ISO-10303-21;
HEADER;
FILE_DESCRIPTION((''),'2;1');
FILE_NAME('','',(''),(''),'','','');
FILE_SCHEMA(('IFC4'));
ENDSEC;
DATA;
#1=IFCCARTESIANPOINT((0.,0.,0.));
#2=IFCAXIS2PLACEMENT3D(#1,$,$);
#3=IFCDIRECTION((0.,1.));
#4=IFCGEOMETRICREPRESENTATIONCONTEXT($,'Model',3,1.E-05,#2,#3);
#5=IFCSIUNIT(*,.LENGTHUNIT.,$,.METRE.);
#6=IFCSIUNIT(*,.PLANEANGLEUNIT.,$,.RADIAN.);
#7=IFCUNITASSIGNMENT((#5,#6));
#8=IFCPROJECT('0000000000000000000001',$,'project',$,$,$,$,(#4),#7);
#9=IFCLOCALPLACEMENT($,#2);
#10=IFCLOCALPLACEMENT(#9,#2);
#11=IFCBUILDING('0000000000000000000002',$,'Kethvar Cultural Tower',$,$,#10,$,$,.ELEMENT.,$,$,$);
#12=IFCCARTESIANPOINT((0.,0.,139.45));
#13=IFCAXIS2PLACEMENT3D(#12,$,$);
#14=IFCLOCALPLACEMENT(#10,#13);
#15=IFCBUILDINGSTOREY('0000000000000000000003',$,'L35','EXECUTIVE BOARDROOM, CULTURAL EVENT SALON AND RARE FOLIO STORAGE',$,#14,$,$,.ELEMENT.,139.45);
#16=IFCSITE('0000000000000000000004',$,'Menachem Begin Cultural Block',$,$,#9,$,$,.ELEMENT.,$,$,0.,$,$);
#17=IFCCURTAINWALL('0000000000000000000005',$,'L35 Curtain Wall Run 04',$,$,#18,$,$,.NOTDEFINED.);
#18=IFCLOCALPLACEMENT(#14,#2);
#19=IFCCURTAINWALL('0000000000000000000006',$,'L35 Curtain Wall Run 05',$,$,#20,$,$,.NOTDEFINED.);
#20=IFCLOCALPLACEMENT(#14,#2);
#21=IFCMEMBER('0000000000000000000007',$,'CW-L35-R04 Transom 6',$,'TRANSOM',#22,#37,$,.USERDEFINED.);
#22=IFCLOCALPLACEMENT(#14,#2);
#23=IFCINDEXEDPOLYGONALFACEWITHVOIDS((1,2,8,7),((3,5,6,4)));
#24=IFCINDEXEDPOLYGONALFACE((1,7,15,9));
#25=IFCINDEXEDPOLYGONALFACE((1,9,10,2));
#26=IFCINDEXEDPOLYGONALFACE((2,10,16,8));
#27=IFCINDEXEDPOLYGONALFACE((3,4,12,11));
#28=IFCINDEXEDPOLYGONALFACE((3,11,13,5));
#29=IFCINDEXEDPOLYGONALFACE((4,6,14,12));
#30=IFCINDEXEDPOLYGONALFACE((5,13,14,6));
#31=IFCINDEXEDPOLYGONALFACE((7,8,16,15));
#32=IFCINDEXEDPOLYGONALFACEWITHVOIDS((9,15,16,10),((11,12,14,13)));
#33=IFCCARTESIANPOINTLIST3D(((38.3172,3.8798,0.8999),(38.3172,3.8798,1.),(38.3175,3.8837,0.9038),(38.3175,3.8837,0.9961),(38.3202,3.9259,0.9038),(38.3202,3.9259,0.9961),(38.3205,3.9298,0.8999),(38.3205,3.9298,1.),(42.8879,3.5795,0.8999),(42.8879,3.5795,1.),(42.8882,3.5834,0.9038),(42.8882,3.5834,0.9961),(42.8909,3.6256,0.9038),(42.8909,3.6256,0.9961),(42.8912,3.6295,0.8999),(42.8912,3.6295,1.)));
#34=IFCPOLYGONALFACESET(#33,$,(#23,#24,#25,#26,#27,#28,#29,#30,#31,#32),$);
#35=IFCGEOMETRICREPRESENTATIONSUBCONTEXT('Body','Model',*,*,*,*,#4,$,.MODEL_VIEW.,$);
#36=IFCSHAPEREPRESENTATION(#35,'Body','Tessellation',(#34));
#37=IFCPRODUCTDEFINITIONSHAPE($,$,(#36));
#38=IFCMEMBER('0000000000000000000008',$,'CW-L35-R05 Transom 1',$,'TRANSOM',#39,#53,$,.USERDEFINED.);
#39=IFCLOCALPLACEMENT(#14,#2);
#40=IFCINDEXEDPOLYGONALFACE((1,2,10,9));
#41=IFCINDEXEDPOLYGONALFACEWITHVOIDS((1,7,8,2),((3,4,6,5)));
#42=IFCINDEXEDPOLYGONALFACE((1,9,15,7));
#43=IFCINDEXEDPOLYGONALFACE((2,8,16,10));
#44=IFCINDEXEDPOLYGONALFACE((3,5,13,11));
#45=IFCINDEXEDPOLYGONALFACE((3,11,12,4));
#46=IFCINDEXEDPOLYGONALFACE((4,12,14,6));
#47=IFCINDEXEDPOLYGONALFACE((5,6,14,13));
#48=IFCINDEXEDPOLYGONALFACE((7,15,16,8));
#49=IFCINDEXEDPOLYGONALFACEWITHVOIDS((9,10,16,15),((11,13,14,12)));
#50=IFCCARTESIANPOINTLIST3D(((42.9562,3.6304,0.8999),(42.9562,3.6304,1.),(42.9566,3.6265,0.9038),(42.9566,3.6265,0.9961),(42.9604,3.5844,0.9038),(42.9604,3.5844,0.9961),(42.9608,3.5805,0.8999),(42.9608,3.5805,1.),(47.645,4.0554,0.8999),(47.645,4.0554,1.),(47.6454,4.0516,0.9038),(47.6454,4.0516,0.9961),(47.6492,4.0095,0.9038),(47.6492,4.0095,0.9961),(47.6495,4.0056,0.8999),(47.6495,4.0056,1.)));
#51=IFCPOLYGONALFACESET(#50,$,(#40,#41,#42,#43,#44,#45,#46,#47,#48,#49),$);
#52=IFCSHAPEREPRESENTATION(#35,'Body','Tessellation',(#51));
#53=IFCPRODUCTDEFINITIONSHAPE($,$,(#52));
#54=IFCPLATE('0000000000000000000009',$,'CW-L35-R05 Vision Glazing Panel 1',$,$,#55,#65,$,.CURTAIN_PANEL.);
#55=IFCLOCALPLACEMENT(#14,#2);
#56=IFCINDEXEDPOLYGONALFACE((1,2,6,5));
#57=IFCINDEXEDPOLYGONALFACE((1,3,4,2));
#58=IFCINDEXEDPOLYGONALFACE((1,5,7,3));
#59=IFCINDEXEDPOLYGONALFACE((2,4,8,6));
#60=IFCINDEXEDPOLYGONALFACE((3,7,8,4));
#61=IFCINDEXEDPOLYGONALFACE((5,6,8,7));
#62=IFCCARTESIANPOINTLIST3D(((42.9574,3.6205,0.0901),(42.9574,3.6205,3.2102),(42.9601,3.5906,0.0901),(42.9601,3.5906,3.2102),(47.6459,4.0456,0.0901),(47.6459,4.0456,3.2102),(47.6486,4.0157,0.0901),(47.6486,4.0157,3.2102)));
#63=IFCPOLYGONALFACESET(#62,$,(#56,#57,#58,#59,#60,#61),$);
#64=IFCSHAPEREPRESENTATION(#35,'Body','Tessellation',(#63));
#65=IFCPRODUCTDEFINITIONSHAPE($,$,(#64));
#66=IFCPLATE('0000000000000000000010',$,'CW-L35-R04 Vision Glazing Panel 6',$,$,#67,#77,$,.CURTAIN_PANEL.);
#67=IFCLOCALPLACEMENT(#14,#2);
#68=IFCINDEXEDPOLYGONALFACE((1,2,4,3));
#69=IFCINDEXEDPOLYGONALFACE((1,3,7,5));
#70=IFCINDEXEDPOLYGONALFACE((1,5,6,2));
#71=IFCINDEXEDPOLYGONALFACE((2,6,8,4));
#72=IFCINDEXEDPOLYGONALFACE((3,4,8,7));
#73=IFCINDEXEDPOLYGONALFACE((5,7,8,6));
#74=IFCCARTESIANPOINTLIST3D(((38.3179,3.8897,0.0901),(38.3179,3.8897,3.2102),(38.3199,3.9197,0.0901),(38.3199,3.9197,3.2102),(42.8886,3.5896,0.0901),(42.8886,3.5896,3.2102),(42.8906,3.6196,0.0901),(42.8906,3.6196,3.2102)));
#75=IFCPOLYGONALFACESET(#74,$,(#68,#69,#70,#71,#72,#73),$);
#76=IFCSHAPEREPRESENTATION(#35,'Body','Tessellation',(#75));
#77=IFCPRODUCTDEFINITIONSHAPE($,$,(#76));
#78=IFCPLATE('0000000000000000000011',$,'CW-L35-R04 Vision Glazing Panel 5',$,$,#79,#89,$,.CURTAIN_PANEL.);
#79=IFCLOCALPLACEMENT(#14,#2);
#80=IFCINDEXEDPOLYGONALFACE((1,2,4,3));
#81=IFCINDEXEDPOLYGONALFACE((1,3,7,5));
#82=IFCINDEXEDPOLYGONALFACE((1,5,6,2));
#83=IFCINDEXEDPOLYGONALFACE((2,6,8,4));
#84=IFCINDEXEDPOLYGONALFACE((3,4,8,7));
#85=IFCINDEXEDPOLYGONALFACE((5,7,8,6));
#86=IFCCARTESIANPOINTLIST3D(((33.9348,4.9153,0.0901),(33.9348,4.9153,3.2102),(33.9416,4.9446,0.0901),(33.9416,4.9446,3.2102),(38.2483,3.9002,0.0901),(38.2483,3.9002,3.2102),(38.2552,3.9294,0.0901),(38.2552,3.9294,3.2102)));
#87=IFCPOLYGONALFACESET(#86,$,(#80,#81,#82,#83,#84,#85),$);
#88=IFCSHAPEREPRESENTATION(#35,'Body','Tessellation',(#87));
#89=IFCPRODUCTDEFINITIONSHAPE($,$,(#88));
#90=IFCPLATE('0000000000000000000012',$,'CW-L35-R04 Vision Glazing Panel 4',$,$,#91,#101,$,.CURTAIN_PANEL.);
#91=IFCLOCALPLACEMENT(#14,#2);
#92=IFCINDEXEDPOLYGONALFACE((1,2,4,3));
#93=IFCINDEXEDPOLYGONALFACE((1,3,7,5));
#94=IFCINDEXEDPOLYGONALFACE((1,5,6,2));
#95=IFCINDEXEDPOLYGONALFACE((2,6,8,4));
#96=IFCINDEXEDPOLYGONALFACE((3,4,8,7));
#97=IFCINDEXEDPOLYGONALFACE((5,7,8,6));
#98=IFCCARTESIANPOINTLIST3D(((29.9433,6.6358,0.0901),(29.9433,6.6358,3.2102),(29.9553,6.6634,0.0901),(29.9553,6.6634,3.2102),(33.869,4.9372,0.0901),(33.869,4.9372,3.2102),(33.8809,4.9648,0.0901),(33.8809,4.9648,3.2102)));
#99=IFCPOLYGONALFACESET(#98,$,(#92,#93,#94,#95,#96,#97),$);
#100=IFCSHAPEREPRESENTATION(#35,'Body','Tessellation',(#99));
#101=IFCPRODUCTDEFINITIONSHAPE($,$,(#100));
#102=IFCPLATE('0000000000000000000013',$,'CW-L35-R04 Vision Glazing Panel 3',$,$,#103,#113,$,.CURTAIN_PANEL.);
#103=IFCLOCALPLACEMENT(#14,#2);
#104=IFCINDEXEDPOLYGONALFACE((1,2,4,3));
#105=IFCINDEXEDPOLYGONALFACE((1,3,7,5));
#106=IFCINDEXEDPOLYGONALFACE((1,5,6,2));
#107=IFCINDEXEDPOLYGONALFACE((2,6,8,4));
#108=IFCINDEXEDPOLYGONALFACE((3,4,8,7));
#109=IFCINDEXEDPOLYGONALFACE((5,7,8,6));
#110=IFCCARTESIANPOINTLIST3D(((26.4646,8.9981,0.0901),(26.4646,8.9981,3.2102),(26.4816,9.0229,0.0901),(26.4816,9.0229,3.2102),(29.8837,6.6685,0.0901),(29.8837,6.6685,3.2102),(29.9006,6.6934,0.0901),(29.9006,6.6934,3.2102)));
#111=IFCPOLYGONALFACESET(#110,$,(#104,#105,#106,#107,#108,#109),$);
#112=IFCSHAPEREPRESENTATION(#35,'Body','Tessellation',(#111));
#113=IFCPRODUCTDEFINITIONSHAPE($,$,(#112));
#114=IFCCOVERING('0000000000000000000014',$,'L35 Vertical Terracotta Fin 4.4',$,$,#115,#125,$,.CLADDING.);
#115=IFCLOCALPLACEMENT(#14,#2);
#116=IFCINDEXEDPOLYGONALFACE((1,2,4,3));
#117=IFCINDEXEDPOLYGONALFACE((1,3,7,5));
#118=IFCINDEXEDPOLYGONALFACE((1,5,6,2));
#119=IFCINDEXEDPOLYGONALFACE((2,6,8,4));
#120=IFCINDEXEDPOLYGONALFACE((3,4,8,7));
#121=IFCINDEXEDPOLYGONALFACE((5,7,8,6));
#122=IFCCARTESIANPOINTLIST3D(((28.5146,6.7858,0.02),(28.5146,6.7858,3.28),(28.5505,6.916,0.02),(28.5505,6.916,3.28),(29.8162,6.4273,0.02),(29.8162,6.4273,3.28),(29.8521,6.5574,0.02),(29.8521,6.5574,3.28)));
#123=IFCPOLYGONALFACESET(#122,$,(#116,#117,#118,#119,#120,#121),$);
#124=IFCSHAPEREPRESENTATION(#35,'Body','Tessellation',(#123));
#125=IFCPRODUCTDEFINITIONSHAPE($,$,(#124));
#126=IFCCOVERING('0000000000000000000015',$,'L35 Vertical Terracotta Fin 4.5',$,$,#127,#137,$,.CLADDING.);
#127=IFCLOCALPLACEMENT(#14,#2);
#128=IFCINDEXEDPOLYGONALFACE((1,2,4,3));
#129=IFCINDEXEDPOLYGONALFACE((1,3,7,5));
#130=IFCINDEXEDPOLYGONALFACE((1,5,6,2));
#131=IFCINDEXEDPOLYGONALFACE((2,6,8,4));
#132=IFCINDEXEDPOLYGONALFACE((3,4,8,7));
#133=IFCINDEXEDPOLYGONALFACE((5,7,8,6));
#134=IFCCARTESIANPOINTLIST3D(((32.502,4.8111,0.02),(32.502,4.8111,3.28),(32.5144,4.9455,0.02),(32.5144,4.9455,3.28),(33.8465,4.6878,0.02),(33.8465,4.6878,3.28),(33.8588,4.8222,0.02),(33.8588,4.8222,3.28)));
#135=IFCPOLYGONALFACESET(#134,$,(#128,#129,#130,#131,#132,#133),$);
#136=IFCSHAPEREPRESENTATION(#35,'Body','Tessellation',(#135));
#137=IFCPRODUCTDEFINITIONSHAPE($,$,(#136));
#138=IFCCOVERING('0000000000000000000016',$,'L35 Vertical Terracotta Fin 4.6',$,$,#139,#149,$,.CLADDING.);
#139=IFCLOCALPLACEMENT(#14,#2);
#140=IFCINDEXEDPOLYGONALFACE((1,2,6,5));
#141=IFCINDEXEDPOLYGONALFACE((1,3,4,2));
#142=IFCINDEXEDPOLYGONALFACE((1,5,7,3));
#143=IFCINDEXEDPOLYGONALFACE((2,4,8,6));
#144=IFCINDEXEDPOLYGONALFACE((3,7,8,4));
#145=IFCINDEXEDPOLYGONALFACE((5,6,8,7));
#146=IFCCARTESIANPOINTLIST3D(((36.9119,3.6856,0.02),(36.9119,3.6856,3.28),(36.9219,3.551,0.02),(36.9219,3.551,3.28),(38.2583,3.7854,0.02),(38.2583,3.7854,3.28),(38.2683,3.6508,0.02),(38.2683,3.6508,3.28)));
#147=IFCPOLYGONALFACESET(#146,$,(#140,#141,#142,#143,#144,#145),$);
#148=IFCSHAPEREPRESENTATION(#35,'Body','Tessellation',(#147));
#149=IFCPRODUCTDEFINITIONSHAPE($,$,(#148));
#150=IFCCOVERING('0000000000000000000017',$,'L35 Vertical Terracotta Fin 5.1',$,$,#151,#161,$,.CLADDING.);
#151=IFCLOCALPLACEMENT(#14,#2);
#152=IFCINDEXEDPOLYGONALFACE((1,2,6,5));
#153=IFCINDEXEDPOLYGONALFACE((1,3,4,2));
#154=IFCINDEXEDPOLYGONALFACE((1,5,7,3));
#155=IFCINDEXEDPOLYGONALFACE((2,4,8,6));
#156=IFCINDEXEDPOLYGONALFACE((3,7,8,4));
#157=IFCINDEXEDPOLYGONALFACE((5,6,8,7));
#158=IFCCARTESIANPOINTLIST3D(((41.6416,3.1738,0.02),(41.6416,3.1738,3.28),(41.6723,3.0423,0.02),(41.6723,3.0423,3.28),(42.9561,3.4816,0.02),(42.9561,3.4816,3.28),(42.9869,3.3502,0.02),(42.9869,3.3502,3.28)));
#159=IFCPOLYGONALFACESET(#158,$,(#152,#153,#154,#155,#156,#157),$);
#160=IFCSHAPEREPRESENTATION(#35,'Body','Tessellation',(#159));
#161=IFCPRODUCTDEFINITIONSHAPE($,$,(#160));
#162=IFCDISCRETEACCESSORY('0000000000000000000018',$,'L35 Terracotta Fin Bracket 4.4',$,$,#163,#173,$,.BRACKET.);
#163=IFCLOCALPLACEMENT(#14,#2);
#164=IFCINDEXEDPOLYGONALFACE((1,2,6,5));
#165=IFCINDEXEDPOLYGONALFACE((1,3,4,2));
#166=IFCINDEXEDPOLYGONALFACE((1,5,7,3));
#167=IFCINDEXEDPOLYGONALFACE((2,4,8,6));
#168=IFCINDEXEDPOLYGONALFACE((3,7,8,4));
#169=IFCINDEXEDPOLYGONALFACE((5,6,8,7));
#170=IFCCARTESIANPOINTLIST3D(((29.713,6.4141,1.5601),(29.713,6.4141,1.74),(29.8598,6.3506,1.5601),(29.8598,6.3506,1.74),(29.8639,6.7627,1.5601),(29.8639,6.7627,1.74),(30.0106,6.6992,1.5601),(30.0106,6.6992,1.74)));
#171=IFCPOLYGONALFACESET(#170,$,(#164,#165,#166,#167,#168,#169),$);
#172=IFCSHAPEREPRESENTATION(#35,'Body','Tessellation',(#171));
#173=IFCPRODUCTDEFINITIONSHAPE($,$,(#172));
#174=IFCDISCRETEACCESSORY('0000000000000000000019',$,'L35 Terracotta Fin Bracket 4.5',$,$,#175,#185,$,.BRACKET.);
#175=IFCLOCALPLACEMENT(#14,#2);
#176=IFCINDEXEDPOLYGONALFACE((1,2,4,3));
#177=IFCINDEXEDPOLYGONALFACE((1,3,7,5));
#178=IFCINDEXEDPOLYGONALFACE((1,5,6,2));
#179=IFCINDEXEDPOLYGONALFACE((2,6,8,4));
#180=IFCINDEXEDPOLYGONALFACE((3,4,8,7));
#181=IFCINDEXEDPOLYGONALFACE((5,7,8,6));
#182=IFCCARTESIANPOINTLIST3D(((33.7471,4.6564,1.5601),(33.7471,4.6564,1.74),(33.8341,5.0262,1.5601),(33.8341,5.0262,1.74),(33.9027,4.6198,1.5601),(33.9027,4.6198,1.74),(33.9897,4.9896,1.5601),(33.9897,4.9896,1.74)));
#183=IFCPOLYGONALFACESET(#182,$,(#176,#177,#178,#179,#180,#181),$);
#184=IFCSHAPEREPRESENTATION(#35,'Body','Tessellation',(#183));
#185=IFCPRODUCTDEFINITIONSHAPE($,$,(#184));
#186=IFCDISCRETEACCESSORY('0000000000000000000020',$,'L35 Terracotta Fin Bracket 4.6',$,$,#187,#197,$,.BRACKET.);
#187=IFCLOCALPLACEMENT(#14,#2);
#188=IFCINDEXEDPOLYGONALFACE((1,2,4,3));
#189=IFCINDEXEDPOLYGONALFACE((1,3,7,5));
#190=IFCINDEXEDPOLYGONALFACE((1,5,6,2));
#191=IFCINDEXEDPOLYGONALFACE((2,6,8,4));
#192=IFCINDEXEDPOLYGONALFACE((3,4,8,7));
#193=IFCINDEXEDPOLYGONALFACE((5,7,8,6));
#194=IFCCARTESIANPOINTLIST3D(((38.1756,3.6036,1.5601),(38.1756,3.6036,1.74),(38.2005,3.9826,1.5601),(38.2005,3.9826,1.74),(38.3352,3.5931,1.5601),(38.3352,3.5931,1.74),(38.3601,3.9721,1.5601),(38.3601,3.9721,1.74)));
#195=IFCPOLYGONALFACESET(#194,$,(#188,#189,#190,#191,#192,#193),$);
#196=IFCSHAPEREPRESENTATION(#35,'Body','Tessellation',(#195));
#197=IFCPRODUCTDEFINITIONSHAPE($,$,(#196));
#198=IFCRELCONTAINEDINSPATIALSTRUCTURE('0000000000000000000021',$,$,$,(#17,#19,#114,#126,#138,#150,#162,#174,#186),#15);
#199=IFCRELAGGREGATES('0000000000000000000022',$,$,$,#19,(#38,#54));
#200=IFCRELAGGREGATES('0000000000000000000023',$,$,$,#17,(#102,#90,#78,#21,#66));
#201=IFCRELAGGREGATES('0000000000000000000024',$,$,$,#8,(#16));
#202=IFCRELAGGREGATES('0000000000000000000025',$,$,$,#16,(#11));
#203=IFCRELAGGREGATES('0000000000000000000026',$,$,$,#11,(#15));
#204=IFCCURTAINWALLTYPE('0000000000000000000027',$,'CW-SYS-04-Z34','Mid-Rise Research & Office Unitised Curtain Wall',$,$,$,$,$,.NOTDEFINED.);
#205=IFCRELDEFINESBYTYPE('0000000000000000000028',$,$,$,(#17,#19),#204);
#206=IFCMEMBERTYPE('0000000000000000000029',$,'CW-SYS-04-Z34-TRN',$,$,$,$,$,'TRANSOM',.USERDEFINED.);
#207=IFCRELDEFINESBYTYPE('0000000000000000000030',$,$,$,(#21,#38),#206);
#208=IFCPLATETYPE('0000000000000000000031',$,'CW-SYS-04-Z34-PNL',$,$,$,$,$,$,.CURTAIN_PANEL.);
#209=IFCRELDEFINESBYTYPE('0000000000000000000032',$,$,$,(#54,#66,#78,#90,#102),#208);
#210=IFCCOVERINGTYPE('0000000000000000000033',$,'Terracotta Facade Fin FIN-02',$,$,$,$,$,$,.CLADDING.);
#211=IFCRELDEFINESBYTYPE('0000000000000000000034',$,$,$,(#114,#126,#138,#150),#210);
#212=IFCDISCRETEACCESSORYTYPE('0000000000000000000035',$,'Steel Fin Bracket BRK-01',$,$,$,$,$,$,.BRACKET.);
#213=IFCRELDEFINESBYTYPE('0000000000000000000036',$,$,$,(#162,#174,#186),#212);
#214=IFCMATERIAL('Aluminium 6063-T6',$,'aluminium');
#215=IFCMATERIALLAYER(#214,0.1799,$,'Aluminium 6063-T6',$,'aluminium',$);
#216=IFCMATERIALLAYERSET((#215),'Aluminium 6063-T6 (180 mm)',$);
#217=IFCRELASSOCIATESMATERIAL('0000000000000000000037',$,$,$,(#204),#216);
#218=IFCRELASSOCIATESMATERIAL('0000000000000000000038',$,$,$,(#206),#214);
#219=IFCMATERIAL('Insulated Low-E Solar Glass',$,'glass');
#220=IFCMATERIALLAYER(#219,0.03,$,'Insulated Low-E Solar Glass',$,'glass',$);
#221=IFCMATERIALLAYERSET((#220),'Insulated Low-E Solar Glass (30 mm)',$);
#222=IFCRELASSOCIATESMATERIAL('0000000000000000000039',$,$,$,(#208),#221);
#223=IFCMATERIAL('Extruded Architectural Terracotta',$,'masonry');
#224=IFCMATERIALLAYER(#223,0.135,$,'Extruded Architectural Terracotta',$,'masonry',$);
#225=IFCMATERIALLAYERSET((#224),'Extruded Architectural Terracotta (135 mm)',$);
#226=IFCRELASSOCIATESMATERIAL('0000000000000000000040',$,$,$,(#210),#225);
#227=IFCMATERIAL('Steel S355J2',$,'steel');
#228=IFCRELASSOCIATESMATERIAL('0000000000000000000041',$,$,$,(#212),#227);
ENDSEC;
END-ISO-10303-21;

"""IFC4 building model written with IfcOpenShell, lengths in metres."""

from ifc_helpers import new_model, si_unit, direction, frame, origin, origin_2d, place, context, subcontext, project, spatial, rectangle, hollow_rectangle, extrude, source, transform, mapped, material, layer, layer_set, material_profile, profile_set, type_object, element, aggregate, save


model = new_model("IFC4")

# Units and contexts
model_context = context("Model", 3, precision=1e-05, world=origin(), true_north=direction((0.0, 1.0)))
body_context = subcontext(model_context, "Body", "Model", "MODEL_VIEW")
ifc_project = project(units=[si_unit("LENGTHUNIT", "METRE"), si_unit("PLANEANGLEUNIT", "RADIAN")], contexts=[model_context])

# Site, building, storey
site_placement = place(None, origin())
site = spatial("IfcSite", under=ifc_project, at=site_placement, Name="Menachem Begin Cultural Block", CompositionType="ELEMENT", RefElevation=0.0)
building_placement = place(site_placement, origin())
building = spatial("IfcBuilding", under=site, at=building_placement, Name="Kethvar Cultural Tower", CompositionType="ELEMENT")
storey_placement = place(building_placement, frame((0.0, 0.0, 139.45)))
storey = spatial("IfcBuildingStorey", under=building, at=storey_placement, Name="L35", Description="EXECUTIVE BOARDROOM, CULTURAL EVENT SALON AND RARE FOLIO STORAGE", CompositionType="ELEMENT", Elevation=139.45)

# Shared definitions
ifc_material_1 = material(Name="Steel S355J2", Category="steel")

# Curtain wall
ifc_material_2 = material(Name="Aluminium 6063-T6", Category="aluminium")
ifc_layer_1 = layer(ifc_material_2, 0.1799, Name="Aluminium 6063-T6", Category="aluminium")
ifc_layer_set_1 = layer_set([ifc_layer_1], Name="Aluminium 6063-T6 (180 mm)")
curtain_wall_type = type_object("IfcCurtainWallType", Name="CW-SYS-04-Z34", Description="Mid-Rise Research & Office Unitised Curtain Wall", PredefinedType="NOTDEFINED", material=ifc_layer_set_1)
curtain_wall_1_placement = place(storey_placement, origin())
curtain_wall_1 = element("IfcCurtainWall", 1, at=curtain_wall_1_placement, inside=storey, type_object=curtain_wall_type, Name="L35 Curtain Wall Run 04", PredefinedType="NOTDEFINED")

# Curtain wall
curtain_wall_2_placement = place(storey_placement, origin())
curtain_wall_2 = element("IfcCurtainWall", 2, at=curtain_wall_2_placement, inside=storey, type_object=curtain_wall_type, Name="L35 Curtain Wall Run 05", PredefinedType="NOTDEFINED")

# Members
ifc_material_profile_1 = material_profile(ifc_material_2, hollow_rectangle(XDim=0.05, YDim=0.1001, WallThickness=0.0039, at=origin_2d()), Name="Aluminium 6063-T6 — RHS100x50x4")
ifc_profile_set_1 = profile_set([ifc_material_profile_1], Name="Aluminium 6063-T6 — RHS100x50x4")
member_type_1 = type_object("IfcMemberType", Name="CW-SYS-04-Z34-TRN", ElementType="TRANSOM", PredefinedType="USERDEFINED", material=ifc_profile_set_1)
shared_shape_1 = source(origin(), body_context, "Body", "SweptSolid", [
    extrude(hollow_rectangle(XDim=0.05, YDim=0.1001, WallThickness=0.0039, at=origin_2d()), origin(), (0.0, 0.0, 1.0), 4.5806),
])
member_1_placement = place(storey_placement, frame((38.3188, 3.9048, 0.95), z_axis=(0.997849, -0.065557, 0.0), x_axis=(0.065557, 0.997849, 0.0)))
member_1 = element("IfcMember", 3, at=member_1_placement, type_object=member_type_1, Name="CW-L35-R04 Transom 6", ObjectType="TRANSOM", PredefinedType="USERDEFINED", context=body_context, shape_type="MappedRepresentation", body=[
    mapped(shared_shape_1, transform((0.0, 0.0, 0.0), scale=1.0)),
])
shared_shape_2 = source(origin(), body_context, "Body", "SweptSolid", [
    extrude(hollow_rectangle(XDim=0.05, YDim=0.1001, WallThickness=0.0039, at=origin_2d()), origin(), (0.0, 0.0, 1.0), 4.708),
])
member_2_placement = place(storey_placement, frame((42.9585, 3.6055, 0.95), z_axis=(0.995916, 0.090283, 0.0), x_axis=(-0.090283, 0.995916, 0.0)))
member_2 = element("IfcMember", 4, at=member_2_placement, type_object=member_type_1, Name="CW-L35-R05 Transom 1", ObjectType="TRANSOM", PredefinedType="USERDEFINED", context=body_context, shape_type="MappedRepresentation", body=[
    mapped(shared_shape_2, transform((0.0, 0.0, 0.0), scale=1.0)),
])

# Plates
ifc_material_3 = material(Name="Insulated Low-E Solar Glass", Category="glass")
ifc_layer_2 = layer(ifc_material_3, 0.03, Name="Insulated Low-E Solar Glass", Category="glass")
ifc_layer_set_2 = layer_set([ifc_layer_2], Name="Insulated Low-E Solar Glass (30 mm)")
plate_type = type_object("IfcPlateType", Name="CW-SYS-04-Z34-PNL", PredefinedType="CURTAIN_PANEL", material=ifc_layer_set_2)
shared_shape_3 = source(origin(), body_context, "Body", "SweptSolid", [
    extrude(rectangle(XDim=4.7078, YDim=0.03, at=origin_2d()), origin(), (0.0, 0.0, 1.0), 3.1201),
])
plate_1_placement = place(storey_placement, frame((45.303, 3.8181, 0.0901), z_axis=(0.0, 0.0, 1.0), x_axis=(0.995914, 0.090302, 0.0)))
plate_1 = element("IfcPlate", 5, at=plate_1_placement, type_object=plate_type, Name="CW-L35-R05 Vision Glazing Panel 1", PredefinedType="CURTAIN_PANEL", context=body_context, shape_type="MappedRepresentation", body=[
    mapped(shared_shape_3, transform((0.0, 0.0, 0.0), scale=1.0)),
])
aggregate(curtain_wall_2, [member_2, plate_1])
shared_shape_4 = source(origin(), body_context, "Body", "SweptSolid", [
    extrude(rectangle(XDim=4.5806, YDim=0.03, at=origin_2d()), origin(), (0.0, 0.0, 1.0), 3.1201),
])
plate_2_placement = place(storey_placement, frame((40.6042, 3.7546, 0.0901), z_axis=(0.0, 0.0, 1.0), x_axis=(0.997851, -0.065525, 0.0)))
plate_2 = element("IfcPlate", 6, at=plate_2_placement, type_object=plate_type, Name="CW-L35-R04 Vision Glazing Panel 6", PredefinedType="CURTAIN_PANEL", context=body_context, shape_type="MappedRepresentation", body=[
    mapped(shared_shape_4, transform((0.0, 0.0, 0.0), scale=1.0)),
])
shared_shape_5 = source(origin(), body_context, "Body", "SweptSolid", [
    extrude(rectangle(XDim=4.4314, YDim=0.03, at=origin_2d()), origin(), (0.0, 0.0, 1.0), 3.1201),
])
plate_3_placement = place(storey_placement, frame((36.095, 4.4224, 0.0901), z_axis=(0.0, 0.0, 1.0), x_axis=(0.973407, -0.229081, 0.0)))
plate_3 = element("IfcPlate", 7, at=plate_3_placement, type_object=plate_type, Name="CW-L35-R04 Vision Glazing Panel 5", PredefinedType="CURTAIN_PANEL", context=body_context, shape_type="MappedRepresentation", body=[
    mapped(shared_shape_5, transform((0.0, 0.0, 0.0), scale=1.0)),
])
shared_shape_6 = source(origin(), body_context, "Body", "SweptSolid", [
    extrude(rectangle(XDim=4.2773, YDim=0.03, at=origin_2d()), origin(), (0.0, 0.0, 1.0), 3.1201),
])
plate_4_placement = place(storey_placement, frame((31.9121, 5.8003, 0.0901), z_axis=(0.0, 0.0, 1.0), x_axis=(0.917768, -0.397116, 0.0)))
plate_4 = element("IfcPlate", 8, at=plate_4_placement, type_object=plate_type, Name="CW-L35-R04 Vision Glazing Panel 4", PredefinedType="CURTAIN_PANEL", context=body_context, shape_type="MappedRepresentation", body=[
    mapped(shared_shape_6, transform((0.0, 0.0, 0.0), scale=1.0)),
])
shared_shape_7 = source(origin(), body_context, "Body", "SweptSolid", [
    extrude(rectangle(XDim=4.1372, YDim=0.03, at=origin_2d()), origin(), (0.0, 0.0, 1.0), 3.1201),
])
plate_5_placement = place(storey_placement, frame((28.1826, 7.8457, 0.0901), z_axis=(0.0, 0.0, 1.0), x_axis=(0.826413, -0.563065, 0.0)))
plate_5 = element("IfcPlate", 9, at=plate_5_placement, type_object=plate_type, Name="CW-L35-R04 Vision Glazing Panel 3", PredefinedType="CURTAIN_PANEL", context=body_context, shape_type="MappedRepresentation", body=[
    mapped(shared_shape_7, transform((0.0, 0.0, 0.0), scale=1.0)),
])
aggregate(curtain_wall_1, [plate_5, plate_4, plate_3, member_1, plate_2])

# Coverings
ifc_material_4 = material(Name="Extruded Architectural Terracotta", Category="masonry")
ifc_layer_3 = layer(ifc_material_4, 0.135, Name="Extruded Architectural Terracotta", Category="masonry")
ifc_layer_set_3 = layer_set([ifc_layer_3], Name="Extruded Architectural Terracotta (135 mm)")
covering_type = type_object("IfcCoveringType", Name="Terracotta Facade Fin FIN-02", PredefinedType="CLADDING", material=ifc_layer_set_3)
shared_shape_8 = source(origin(), body_context, "Body", "SweptSolid", [
    extrude(rectangle(XDim=1.3501, YDim=0.135, at=origin_2d()), origin(), (0.0, 0.0, 1.0), 3.26),
])
for number, where, z_axis, x_axis, name in (
    (10, (29.1833, 6.6716, 0.02), (0.0, 0.0, 1.0), (-0.964095, 0.265556, 0.0), "L35 Vertical Terracotta Fin 4.4"),
    (11, (33.1804, 4.8167, 0.02), (0.0, 0.0, 1.0), (-0.995821, 0.091328, 0.0), "L35 Vertical Terracotta Fin 4.5"),
    (12, (37.5901, 3.6682, 0.02), (0.0, 0.0, 1.0), (-0.997263, -0.073934, 0.0), "L35 Vertical Terracotta Fin 4.6"),
    (13, (42.3142, 3.262, 0.02), (0.0, 0.0, 1.0), (-0.973659, -0.228011, 0.0), "L35 Vertical Terracotta Fin 5.1"),
):
    element("IfcCovering", number, at=place(storey_placement, frame(where, z_axis=z_axis, x_axis=x_axis)), inside=storey, type_object=covering_type, Name=name, PredefinedType="CLADDING", context=body_context, shape_type="MappedRepresentation", body=[
        mapped(shared_shape_8, transform((0.0, 0.0, 0.0), scale=1.0)),
    ])

# Discrete accessories
discrete_accessory_type = type_object("IfcDiscreteAccessoryType", Name="Steel Fin Bracket BRK-01", PredefinedType="BRACKET", material=ifc_material_1)
shared_shape_9 = source(origin(), body_context, "Body", "SweptSolid", [
    extrude(rectangle(XDim=0.3799, YDim=0.1599, at=origin_2d()), origin(), (0.0, 0.0, 1.0), 0.1799),
])
for number, where, z_axis, x_axis, name in (
    (14, (29.8618, 6.5566, 1.5601), (0.0, 0.0, 1.0), (-0.397148, -0.917755, 0.0), "L35 Terracotta Fin Bracket 4.4"),
    (15, (33.8684, 4.823, 1.5601), (0.0, 0.0, 1.0), (-0.229031, -0.973419, 0.0), "L35 Terracotta Fin Bracket 4.5"),
    (16, (38.2678, 3.7878, 1.5601), (0.0, 0.0, 1.0), (-0.065577, -0.997847, 0.0), "L35 Terracotta Fin Bracket 4.6"),
):
    element("IfcDiscreteAccessory", number, at=place(storey_placement, frame(where, z_axis=z_axis, x_axis=x_axis)), inside=storey, type_object=discrete_accessory_type, Name=name, PredefinedType="BRACKET", context=body_context, shape_type="MappedRepresentation", body=[
        mapped(shared_shape_9, transform((0.0, 0.0, 0.0), scale=1.0)),
    ])

save(model, "model.ifc")
